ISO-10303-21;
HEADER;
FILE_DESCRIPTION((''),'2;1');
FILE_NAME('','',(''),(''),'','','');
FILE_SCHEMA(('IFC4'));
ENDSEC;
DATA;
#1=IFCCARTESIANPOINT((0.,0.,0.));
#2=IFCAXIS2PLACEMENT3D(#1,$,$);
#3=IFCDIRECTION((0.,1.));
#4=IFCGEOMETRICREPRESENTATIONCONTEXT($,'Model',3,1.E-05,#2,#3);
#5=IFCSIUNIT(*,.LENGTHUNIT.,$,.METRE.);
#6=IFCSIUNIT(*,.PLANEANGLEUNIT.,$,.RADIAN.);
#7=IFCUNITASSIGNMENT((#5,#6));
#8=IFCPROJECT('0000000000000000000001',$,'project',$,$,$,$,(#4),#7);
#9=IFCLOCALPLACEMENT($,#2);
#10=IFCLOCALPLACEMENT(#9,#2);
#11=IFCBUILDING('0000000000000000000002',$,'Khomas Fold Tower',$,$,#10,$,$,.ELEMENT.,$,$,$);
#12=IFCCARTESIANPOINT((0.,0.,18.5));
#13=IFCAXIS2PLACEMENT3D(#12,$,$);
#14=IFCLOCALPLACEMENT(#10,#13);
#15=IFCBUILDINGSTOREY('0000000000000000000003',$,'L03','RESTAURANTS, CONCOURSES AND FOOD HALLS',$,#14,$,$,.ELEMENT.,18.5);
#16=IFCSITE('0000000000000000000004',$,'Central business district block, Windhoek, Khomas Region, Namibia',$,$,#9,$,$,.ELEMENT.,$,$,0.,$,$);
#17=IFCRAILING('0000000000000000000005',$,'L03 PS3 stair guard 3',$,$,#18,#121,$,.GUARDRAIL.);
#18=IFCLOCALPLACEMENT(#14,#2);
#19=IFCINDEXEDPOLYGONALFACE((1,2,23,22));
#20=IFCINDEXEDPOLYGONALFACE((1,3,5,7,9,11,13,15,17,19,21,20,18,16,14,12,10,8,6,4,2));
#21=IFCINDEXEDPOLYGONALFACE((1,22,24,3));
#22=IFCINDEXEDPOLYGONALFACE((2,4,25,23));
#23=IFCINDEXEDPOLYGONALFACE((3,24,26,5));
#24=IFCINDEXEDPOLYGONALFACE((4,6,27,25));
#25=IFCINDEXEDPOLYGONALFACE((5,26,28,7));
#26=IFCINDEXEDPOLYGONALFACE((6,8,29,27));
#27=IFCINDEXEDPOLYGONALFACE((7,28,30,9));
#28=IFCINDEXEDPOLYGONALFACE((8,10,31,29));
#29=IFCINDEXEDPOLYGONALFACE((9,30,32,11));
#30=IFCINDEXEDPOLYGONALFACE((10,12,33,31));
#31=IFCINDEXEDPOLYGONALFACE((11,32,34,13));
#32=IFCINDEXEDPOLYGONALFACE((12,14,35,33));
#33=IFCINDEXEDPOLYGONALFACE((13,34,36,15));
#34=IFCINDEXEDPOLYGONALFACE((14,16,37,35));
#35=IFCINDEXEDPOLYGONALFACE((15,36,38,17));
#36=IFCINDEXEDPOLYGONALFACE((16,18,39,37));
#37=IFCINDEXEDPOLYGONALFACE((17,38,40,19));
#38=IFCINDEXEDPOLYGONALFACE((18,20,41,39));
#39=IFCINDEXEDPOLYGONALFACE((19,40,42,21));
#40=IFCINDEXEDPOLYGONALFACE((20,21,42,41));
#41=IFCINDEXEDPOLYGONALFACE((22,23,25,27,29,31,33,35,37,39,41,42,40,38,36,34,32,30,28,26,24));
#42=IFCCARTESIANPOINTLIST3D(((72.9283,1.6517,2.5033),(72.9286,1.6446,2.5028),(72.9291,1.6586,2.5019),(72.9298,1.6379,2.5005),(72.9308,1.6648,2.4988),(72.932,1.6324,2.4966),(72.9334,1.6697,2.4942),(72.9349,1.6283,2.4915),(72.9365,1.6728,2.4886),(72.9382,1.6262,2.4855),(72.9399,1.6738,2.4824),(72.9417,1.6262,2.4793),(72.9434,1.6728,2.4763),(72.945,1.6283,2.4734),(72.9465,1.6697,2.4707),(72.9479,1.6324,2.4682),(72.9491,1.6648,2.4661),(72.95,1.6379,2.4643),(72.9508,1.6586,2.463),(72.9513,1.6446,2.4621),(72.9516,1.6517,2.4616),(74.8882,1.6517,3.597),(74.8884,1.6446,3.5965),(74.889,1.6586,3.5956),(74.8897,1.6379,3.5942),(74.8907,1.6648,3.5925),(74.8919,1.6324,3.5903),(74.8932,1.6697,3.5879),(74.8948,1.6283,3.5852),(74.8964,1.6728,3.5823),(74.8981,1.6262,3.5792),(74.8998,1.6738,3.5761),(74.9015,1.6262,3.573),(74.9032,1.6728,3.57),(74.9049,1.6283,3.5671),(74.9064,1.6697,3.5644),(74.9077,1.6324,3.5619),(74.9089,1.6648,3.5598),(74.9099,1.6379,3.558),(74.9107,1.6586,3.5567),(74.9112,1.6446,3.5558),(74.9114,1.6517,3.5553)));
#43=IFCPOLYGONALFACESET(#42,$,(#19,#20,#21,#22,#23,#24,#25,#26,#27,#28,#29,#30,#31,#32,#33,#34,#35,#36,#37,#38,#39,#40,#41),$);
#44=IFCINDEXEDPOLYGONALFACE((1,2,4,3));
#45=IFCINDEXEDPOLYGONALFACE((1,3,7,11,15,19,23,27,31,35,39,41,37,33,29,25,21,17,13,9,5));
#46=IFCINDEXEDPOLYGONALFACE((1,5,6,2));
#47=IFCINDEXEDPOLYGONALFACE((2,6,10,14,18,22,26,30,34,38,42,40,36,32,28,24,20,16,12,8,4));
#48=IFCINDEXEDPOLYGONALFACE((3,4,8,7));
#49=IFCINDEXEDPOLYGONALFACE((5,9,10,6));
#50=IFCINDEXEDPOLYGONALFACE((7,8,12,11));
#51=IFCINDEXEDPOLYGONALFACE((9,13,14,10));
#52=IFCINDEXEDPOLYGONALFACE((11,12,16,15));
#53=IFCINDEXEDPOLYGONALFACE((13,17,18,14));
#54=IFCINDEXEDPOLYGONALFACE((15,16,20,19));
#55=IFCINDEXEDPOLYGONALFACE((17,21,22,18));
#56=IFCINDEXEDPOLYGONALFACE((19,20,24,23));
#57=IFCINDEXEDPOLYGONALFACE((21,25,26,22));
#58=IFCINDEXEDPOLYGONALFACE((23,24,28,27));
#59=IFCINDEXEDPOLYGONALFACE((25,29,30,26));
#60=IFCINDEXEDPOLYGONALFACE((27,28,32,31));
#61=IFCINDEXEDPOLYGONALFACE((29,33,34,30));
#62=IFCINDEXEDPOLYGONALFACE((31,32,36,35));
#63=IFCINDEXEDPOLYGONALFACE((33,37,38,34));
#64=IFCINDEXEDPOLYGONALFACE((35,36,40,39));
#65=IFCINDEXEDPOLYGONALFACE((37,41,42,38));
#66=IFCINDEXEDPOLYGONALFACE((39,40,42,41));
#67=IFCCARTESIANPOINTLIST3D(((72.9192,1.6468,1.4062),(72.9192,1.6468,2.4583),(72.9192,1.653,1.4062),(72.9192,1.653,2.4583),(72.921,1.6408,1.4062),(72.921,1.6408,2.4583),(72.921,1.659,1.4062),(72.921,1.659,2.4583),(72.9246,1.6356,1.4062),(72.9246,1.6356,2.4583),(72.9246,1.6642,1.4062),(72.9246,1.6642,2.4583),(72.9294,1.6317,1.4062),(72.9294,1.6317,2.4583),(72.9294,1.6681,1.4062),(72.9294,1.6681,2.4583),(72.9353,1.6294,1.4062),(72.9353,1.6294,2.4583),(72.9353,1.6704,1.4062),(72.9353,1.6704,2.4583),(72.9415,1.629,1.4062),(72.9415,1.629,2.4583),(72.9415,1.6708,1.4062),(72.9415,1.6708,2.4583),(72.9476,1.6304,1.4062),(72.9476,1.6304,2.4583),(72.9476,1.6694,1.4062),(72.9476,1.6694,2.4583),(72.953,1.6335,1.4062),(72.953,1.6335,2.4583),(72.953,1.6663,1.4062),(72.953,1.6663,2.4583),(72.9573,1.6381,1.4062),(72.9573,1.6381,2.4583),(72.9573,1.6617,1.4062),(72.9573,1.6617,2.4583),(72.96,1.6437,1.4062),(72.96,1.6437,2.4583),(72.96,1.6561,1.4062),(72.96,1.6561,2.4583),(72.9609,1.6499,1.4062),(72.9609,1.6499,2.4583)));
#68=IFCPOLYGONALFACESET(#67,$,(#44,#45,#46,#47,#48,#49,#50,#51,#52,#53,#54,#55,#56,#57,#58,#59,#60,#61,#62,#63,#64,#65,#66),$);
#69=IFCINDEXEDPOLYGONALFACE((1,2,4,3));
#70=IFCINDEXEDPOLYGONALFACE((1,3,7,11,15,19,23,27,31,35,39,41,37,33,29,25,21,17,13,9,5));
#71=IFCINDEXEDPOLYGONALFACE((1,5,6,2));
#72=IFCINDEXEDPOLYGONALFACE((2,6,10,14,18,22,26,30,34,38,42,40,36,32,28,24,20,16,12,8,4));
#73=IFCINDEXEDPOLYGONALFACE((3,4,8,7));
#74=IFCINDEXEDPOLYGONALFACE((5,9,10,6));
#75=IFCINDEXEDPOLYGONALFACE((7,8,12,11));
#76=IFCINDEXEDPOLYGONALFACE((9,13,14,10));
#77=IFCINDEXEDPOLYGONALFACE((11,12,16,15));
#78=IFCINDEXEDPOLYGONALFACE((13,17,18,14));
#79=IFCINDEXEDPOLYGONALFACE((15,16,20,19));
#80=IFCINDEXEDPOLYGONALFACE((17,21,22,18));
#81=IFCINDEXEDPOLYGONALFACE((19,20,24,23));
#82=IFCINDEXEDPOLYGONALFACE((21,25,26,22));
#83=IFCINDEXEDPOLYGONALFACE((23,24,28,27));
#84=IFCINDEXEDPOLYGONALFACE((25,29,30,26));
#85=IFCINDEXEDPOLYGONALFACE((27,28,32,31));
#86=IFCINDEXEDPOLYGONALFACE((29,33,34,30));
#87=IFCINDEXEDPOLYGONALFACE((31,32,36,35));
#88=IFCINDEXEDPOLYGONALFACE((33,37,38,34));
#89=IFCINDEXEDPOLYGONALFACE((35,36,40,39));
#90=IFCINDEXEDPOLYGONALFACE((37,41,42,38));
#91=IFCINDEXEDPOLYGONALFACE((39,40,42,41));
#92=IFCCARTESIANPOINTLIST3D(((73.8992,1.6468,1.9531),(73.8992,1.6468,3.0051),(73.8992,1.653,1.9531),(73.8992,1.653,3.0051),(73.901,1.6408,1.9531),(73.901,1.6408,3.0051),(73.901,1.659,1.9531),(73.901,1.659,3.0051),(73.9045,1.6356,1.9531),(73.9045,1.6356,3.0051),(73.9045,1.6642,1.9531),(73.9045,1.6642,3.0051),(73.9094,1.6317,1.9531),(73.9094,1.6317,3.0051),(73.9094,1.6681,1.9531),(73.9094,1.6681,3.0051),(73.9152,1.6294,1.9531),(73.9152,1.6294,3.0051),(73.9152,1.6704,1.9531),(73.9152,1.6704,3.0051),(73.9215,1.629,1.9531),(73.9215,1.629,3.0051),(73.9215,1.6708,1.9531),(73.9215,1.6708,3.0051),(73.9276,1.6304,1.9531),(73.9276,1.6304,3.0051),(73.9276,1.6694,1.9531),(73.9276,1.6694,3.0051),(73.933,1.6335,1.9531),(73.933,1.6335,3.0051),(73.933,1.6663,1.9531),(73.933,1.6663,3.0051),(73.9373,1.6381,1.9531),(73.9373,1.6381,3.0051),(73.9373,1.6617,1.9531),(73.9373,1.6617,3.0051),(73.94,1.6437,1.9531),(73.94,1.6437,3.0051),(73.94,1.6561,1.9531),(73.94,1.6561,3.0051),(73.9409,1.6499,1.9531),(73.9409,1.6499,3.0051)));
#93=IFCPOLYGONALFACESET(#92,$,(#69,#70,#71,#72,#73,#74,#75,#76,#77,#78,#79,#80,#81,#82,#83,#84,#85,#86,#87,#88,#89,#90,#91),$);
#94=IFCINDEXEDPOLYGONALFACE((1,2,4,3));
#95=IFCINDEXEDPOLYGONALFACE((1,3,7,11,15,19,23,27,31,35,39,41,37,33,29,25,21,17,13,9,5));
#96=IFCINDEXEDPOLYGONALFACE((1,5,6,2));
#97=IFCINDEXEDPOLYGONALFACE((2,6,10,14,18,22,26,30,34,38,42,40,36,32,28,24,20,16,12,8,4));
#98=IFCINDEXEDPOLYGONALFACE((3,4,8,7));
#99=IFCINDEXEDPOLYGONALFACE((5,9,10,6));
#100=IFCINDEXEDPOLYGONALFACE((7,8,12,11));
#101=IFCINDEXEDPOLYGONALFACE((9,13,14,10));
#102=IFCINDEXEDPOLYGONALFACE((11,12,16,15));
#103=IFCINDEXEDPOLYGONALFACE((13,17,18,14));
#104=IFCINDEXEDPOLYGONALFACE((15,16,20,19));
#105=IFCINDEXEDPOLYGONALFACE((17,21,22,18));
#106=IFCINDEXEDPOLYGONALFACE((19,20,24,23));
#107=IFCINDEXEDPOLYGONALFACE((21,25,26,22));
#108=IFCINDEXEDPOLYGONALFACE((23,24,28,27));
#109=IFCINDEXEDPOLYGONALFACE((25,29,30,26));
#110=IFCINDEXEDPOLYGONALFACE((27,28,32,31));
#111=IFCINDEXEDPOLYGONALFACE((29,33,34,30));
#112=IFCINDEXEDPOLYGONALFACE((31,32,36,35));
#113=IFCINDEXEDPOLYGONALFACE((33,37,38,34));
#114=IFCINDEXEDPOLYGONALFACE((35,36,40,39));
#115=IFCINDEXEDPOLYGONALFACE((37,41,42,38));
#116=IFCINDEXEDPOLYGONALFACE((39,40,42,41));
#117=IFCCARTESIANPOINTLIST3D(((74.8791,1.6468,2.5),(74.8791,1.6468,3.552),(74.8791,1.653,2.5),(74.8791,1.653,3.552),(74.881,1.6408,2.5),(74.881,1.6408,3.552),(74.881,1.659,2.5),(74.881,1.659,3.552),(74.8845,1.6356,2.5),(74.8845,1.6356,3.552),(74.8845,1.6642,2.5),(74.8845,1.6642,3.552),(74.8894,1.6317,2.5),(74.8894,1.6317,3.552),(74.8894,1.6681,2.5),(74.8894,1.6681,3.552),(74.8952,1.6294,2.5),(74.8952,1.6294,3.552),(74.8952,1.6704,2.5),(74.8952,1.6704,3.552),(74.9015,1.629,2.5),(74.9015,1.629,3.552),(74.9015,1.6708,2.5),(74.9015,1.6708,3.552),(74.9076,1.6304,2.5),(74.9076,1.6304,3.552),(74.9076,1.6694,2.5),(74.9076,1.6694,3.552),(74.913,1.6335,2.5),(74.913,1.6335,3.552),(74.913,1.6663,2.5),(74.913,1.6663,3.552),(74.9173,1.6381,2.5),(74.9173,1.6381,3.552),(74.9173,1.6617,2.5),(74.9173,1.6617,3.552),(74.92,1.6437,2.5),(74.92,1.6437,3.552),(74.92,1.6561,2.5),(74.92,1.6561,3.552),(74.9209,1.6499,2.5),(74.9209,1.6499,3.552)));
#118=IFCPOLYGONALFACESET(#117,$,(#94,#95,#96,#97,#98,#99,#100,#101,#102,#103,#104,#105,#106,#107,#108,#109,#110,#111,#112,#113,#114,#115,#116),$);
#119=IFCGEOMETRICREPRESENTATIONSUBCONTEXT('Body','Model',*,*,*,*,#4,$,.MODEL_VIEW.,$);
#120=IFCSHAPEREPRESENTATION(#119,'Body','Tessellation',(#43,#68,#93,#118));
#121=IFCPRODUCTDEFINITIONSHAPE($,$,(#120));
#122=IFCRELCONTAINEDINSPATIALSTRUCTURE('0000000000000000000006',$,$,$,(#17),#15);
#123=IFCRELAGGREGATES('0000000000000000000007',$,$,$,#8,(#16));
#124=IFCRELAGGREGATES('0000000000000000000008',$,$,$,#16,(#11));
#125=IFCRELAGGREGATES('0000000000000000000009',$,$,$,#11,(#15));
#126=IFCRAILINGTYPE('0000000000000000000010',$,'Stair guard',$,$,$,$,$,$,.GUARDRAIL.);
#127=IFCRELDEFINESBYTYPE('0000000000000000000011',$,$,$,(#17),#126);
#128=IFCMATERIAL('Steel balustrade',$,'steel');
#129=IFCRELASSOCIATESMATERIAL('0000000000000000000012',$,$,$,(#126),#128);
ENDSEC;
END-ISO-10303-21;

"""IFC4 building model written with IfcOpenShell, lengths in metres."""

from ifc_helpers import new_model, si_unit, direction, frame, origin, origin_2d, place, context, subcontext, project, spatial, circle, extrude, source, transform, mapped, material, type_object, element, save


model = new_model("IFC4")

# Units and contexts
model_context = context("Model", 3, precision=1e-05, world=origin(), true_north=direction((0.0, 1.0)))
body_context = subcontext(model_context, "Body", "Model", "MODEL_VIEW")
ifc_project = project(units=[si_unit("LENGTHUNIT", "METRE"), si_unit("PLANEANGLEUNIT", "RADIAN")], contexts=[model_context])

# Site, building, storey
site_placement = place(None, origin())
site = spatial("IfcSite", under=ifc_project, at=site_placement, Name="Central business district block, Windhoek, Khomas Region, Namibia", CompositionType="ELEMENT", RefElevation=0.0)
building_placement = place(site_placement, origin())
building = spatial("IfcBuilding", under=site, at=building_placement, Name="Khomas Fold Tower", CompositionType="ELEMENT")
storey_placement = place(building_placement, frame((0.0, 0.0, 18.5)))
storey = spatial("IfcBuildingStorey", under=building, at=storey_placement, Name="L03", Description="RESTAURANTS, CONCOURSES AND FOOD HALLS", CompositionType="ELEMENT", Elevation=18.5)

# Railing
ifc_material_1 = material(Name="Steel balustrade", Category="steel")
railing_type_1 = type_object("IfcRailingType", Name="Stair guard", PredefinedType="GUARDRAIL", material=ifc_material_1)
shared_shape_1 = source(origin(), body_context, "Body", "SweptSolid", [
    extrude(circle(Radius=0.0239, at=origin_2d()), frame((0.0, 0.0, 1.0762), z_axis=(0.873232, 0.0, 0.487304), x_axis=(0.0, 1.0, 0.0)), (0.0, 0.0, 1.0), 2.2444),
    extrude(circle(Radius=0.021, at=origin_2d()), origin(), (0.0, 0.0, 1.0), 1.052),
    extrude(circle(Radius=0.021, at=origin_2d()), frame((0.98, 0.0, 0.5469)), (0.0, 0.0, 1.0), 1.052),
    extrude(circle(Radius=0.021, at=origin_2d()), frame((1.96, 0.0, 1.0938)), (0.0, 0.0, 1.0), 1.052),
])
for number, where, name in (
    (1, (72.9399, 1.6499, 1.4062), "L03 PS3 stair guard 3"),
):
    element("IfcRailing", number, at=place(storey_placement, frame(where)), inside=storey, type_object=railing_type_1, Name=name, PredefinedType="GUARDRAIL", context=body_context, shape_type="MappedRepresentation", body=[
        mapped(shared_shape_1, transform((0.0, 0.0, 0.0))),
    ])

save(model, "model.ifc")
